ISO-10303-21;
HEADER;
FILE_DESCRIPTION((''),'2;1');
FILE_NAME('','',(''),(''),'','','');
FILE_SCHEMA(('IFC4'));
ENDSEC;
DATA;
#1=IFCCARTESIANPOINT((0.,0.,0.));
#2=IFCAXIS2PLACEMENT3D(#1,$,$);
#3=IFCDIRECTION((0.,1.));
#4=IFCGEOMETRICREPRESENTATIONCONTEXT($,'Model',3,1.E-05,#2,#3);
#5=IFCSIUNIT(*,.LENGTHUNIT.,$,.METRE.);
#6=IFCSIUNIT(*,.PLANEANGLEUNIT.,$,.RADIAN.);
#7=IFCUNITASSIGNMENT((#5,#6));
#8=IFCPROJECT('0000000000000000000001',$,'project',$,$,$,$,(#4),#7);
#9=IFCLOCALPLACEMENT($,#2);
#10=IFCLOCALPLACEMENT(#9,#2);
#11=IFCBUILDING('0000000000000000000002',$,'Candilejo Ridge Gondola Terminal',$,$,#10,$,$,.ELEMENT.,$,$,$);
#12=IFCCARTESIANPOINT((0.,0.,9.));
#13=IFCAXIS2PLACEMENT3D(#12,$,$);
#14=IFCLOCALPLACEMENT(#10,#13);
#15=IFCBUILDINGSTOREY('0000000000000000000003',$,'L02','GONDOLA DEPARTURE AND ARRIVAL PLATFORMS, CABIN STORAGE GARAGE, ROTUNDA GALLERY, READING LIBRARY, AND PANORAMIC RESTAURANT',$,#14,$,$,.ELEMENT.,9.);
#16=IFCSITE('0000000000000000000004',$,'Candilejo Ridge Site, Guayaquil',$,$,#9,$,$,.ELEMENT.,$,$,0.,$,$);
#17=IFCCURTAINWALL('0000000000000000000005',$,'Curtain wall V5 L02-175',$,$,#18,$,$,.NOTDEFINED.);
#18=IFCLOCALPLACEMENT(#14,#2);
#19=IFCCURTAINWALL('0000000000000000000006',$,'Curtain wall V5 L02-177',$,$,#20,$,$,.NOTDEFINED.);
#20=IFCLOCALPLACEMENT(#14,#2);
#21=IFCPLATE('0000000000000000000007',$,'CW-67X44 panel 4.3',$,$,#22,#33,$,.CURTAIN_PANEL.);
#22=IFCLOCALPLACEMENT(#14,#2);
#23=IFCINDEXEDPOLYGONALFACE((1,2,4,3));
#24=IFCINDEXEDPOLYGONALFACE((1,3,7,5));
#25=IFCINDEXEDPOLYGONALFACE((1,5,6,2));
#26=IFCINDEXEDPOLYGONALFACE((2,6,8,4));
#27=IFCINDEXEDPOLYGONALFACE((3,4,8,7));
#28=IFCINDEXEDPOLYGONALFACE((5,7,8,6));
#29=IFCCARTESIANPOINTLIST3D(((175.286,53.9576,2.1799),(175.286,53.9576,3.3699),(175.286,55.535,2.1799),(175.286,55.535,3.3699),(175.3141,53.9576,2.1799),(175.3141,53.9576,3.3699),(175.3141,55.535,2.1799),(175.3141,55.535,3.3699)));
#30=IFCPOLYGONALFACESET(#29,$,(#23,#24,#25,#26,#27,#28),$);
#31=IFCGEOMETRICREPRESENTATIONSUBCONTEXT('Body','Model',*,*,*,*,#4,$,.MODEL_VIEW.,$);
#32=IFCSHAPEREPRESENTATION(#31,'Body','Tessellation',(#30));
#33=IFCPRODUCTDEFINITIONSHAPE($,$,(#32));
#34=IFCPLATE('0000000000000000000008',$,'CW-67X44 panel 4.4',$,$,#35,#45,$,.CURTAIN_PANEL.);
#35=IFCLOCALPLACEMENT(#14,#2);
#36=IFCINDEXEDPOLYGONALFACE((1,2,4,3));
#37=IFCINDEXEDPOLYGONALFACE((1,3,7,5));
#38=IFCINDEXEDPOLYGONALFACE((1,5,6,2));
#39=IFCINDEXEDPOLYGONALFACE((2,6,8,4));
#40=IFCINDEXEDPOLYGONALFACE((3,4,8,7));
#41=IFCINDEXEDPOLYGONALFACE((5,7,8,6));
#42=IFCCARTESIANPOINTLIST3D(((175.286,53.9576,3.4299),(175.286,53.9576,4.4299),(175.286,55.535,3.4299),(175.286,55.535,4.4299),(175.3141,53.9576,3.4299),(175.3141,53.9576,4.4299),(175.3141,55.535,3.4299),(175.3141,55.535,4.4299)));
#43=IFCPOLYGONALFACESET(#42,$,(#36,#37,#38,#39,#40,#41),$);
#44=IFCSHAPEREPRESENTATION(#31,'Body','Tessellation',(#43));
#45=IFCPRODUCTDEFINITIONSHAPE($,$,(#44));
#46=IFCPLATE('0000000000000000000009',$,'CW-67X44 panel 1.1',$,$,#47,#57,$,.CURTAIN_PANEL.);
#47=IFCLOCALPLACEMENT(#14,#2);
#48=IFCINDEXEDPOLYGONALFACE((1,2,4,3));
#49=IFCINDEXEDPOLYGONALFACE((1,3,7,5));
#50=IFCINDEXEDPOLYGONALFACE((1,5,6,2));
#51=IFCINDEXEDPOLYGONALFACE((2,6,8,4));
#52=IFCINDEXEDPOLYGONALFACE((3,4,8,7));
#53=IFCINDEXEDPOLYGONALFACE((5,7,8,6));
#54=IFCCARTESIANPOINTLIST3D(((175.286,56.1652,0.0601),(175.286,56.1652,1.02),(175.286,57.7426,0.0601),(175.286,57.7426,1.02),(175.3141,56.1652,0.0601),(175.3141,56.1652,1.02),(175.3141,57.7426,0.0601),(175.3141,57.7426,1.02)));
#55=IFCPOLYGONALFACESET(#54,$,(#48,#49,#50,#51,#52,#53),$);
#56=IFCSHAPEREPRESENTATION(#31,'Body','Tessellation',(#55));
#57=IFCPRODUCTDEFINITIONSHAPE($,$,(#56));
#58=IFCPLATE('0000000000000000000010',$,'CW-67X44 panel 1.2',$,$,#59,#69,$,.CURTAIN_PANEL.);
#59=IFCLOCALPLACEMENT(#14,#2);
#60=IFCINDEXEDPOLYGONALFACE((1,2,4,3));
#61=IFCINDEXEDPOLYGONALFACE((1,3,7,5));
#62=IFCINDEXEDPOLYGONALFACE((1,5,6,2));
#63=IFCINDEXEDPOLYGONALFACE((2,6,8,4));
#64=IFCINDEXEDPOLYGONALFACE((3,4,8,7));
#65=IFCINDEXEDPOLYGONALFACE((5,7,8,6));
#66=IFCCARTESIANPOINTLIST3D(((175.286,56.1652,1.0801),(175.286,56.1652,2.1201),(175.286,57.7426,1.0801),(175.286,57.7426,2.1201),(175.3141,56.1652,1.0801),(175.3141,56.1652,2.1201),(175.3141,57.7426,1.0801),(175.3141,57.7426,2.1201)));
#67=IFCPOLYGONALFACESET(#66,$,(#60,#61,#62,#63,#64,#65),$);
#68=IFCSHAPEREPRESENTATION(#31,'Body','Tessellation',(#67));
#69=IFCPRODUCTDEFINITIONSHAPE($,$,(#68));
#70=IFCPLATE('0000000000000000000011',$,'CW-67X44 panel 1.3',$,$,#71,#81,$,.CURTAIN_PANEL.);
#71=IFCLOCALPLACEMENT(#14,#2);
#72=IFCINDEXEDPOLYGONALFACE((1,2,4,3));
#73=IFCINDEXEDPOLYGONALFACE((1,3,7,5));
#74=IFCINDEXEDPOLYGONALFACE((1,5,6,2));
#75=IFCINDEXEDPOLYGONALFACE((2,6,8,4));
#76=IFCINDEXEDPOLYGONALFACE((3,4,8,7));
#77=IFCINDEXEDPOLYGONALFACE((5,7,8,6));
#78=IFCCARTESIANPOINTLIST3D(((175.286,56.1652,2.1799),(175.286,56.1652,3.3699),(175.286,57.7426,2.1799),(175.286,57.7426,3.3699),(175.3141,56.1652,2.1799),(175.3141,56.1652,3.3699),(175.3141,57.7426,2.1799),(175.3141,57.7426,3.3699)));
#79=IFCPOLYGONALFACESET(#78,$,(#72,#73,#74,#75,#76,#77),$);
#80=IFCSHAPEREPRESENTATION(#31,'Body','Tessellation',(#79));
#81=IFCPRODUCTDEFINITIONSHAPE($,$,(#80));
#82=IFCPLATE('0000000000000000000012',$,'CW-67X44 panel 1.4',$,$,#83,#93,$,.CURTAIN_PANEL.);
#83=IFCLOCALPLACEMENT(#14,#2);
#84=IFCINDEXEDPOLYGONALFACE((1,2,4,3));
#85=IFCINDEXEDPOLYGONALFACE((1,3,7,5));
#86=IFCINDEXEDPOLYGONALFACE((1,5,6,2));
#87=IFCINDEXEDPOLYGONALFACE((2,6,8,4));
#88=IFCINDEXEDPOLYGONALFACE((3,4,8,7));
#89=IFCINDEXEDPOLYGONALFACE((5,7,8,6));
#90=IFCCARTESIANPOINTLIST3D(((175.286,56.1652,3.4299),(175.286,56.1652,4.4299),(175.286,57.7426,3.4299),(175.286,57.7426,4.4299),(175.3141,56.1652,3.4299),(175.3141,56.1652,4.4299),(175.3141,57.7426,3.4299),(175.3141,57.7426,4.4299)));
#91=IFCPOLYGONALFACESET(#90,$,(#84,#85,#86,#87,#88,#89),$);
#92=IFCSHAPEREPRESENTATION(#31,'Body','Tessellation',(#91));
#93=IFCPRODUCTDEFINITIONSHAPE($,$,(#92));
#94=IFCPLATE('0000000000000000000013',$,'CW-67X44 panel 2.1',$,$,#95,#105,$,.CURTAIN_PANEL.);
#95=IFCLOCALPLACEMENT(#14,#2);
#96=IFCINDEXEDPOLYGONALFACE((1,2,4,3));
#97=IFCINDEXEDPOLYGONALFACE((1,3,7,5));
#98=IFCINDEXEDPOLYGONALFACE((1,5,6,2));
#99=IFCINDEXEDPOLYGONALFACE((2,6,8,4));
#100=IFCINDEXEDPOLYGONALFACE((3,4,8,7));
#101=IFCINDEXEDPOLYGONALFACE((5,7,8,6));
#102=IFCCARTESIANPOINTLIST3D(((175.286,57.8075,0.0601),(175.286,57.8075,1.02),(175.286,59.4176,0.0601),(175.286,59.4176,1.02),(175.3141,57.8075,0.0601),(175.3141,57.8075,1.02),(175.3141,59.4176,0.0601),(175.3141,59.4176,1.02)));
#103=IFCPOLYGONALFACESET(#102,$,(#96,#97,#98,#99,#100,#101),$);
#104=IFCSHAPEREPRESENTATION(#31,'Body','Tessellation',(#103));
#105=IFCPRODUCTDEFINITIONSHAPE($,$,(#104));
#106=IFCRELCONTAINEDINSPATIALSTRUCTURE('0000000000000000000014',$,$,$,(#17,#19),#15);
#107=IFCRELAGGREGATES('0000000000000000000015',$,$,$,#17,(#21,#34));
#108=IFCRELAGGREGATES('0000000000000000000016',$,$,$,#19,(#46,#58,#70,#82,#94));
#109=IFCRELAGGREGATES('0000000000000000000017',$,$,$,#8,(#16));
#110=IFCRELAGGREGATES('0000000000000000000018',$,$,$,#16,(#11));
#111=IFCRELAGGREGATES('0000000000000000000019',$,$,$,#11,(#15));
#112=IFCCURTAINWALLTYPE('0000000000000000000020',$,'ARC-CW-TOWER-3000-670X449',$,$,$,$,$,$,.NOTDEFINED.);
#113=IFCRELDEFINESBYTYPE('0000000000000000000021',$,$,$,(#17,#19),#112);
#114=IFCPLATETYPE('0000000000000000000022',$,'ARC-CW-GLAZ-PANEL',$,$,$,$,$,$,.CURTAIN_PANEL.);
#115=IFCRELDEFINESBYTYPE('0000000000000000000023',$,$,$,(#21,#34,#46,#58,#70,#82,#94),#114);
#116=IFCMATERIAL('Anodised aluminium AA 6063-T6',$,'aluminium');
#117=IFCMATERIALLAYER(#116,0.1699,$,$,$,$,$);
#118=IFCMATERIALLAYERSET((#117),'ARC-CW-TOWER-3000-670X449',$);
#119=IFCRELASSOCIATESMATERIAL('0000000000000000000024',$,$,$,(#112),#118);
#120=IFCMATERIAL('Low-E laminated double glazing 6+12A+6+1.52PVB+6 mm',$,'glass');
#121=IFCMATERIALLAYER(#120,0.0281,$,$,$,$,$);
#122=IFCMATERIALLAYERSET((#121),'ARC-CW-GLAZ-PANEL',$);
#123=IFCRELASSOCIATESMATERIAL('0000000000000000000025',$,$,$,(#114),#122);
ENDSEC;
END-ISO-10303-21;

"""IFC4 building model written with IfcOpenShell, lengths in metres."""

from ifc_helpers import new_model, si_unit, direction, frame, origin, origin_2d, place, context, subcontext, project, spatial, rectangle, extrude, material, layer, layer_set, type_object, element, aggregate, save


model = new_model("IFC4")

# Units and contexts
model_context = context("Model", 3, precision=1e-05, world=origin(), true_north=direction((0.0, 1.0)))
body_context = subcontext(model_context, "Body", "Model", "MODEL_VIEW")
ifc_project = project(units=[si_unit("LENGTHUNIT", "METRE"), si_unit("PLANEANGLEUNIT", "RADIAN")], contexts=[model_context])

# Site, building, storey
site_placement = place(None, origin())
site = spatial("IfcSite", under=ifc_project, at=site_placement, Name="Candilejo Ridge Site, Guayaquil", CompositionType="ELEMENT", RefElevation=0.0)
building_placement = place(site_placement, origin())
building = spatial("IfcBuilding", under=site, at=building_placement, Name="Candilejo Ridge Gondola Terminal", CompositionType="ELEMENT")
storey_placement = place(building_placement, frame((0.0, 0.0, 9.0)))
storey = spatial("IfcBuildingStorey", under=building, at=storey_placement, Name="L02", Description="GONDOLA DEPARTURE AND ARRIVAL PLATFORMS, CABIN STORAGE GARAGE, ROTUNDA GALLERY, READING LIBRARY, AND PANORAMIC RESTAURANT", CompositionType="ELEMENT", Elevation=9.0)

# Curtain walls
ifc_material_1 = material(Name="Anodised aluminium AA 6063-T6", Category="aluminium")
ifc_layer_1 = layer(ifc_material_1, 0.1699)
ifc_layer_set_1 = layer_set([ifc_layer_1], Name="ARC-CW-TOWER-3000-670X449")
curtain_wall_type = type_object("IfcCurtainWallType", Name="ARC-CW-TOWER-3000-670X449", PredefinedType="NOTDEFINED", material=ifc_layer_set_1)
curtain_wall_1_placement = place(storey_placement, origin())
curtain_wall_1 = element("IfcCurtainWall", 1, at=curtain_wall_1_placement, inside=storey, type_object=curtain_wall_type, Name="Curtain wall V5 L02-175", PredefinedType="NOTDEFINED")
curtain_wall_2_placement = place(storey_placement, origin())
curtain_wall_2 = element("IfcCurtainWall", 2, at=curtain_wall_2_placement, inside=storey, type_object=curtain_wall_type, Name="Curtain wall V5 L02-177", PredefinedType="NOTDEFINED")

# Plates
ifc_material_2 = material(Name="Low-E laminated double glazing 6+12A+6+1.52PVB+6 mm", Category="glass")
ifc_layer_2 = layer(ifc_material_2, 0.0281)
ifc_layer_set_2 = layer_set([ifc_layer_2], Name="ARC-CW-GLAZ-PANEL")
plate_type = type_object("IfcPlateType", Name="ARC-CW-GLAZ-PANEL", PredefinedType="CURTAIN_PANEL", material=ifc_layer_set_2)
plate_1_placement = place(storey_placement, frame((175.3, 54.7463, 2.1799), z_axis=(0.0, 0.0, 1.0), x_axis=(0.0, 1.0, 0.0)))
plate_1 = element("IfcPlate", 3, at=plate_1_placement, type_object=plate_type, Name="CW-67X44 panel 4.3", PredefinedType="CURTAIN_PANEL", context=body_context, shape_type="SweptSolid", body=[
    extrude(rectangle(XDim=1.5774, YDim=0.0281, at=origin_2d()), origin(), (0.0, 0.0, 1.0), 1.1899),
])
plate_2_placement = place(storey_placement, frame((175.3, 54.7463, 3.4299), z_axis=(0.0, 0.0, 1.0), x_axis=(0.0, 1.0, 0.0)))
plate_2 = element("IfcPlate", 4, at=plate_2_placement, type_object=plate_type, Name="CW-67X44 panel 4.4", PredefinedType="CURTAIN_PANEL", context=body_context, shape_type="SweptSolid", body=[
    extrude(rectangle(XDim=1.5774, YDim=0.0281, at=origin_2d()), origin(), (0.0, 0.0, 1.0), 1.0),
])
aggregate(curtain_wall_1, [plate_1, plate_2])
plate_3_placement = place(storey_placement, frame((175.3, 56.9539, 0.0601), z_axis=(0.0, 0.0, 1.0), x_axis=(0.0, 1.0, 0.0)))
plate_3 = element("IfcPlate", 5, at=plate_3_placement, type_object=plate_type, Name="CW-67X44 panel 1.1", PredefinedType="CURTAIN_PANEL", context=body_context, shape_type="SweptSolid", body=[
    extrude(rectangle(XDim=1.5774, YDim=0.0281, at=origin_2d()), origin(), (0.0, 0.0, 1.0), 0.96),
])
plate_4_placement = place(storey_placement, frame((175.3, 56.9539, 1.0801), z_axis=(0.0, 0.0, 1.0), x_axis=(0.0, 1.0, 0.0)))
plate_4 = element("IfcPlate", 6, at=plate_4_placement, type_object=plate_type, Name="CW-67X44 panel 1.2", PredefinedType="CURTAIN_PANEL", context=body_context, shape_type="SweptSolid", body=[
    extrude(rectangle(XDim=1.5774, YDim=0.0281, at=origin_2d()), origin(), (0.0, 0.0, 1.0), 1.04),
])
plate_5_placement = place(storey_placement, frame((175.3, 56.9539, 2.1799), z_axis=(0.0, 0.0, 1.0), x_axis=(0.0, 1.0, 0.0)))
plate_5 = element("IfcPlate", 7, at=plate_5_placement, type_object=plate_type, Name="CW-67X44 panel 1.3", PredefinedType="CURTAIN_PANEL", context=body_context, shape_type="SweptSolid", body=[
    extrude(rectangle(XDim=1.5774, YDim=0.0281, at=origin_2d()), origin(), (0.0, 0.0, 1.0), 1.1899),
])
plate_6_placement = place(storey_placement, frame((175.3, 56.9539, 3.4299), z_axis=(0.0, 0.0, 1.0), x_axis=(0.0, 1.0, 0.0)))
plate_6 = element("IfcPlate", 8, at=plate_6_placement, type_object=plate_type, Name="CW-67X44 panel 1.4", PredefinedType="CURTAIN_PANEL", context=body_context, shape_type="SweptSolid", body=[
    extrude(rectangle(XDim=1.5774, YDim=0.0281, at=origin_2d()), origin(), (0.0, 0.0, 1.0), 1.0),
])
plate_7_placement = place(storey_placement, frame((175.3, 58.6125, 0.0601), z_axis=(0.0, 0.0, 1.0), x_axis=(0.0, 1.0, 0.0)))
plate_7 = element("IfcPlate", 9, at=plate_7_placement, type_object=plate_type, Name="CW-67X44 panel 2.1", PredefinedType="CURTAIN_PANEL", context=body_context, shape_type="SweptSolid", body=[
    extrude(rectangle(XDim=1.6101, YDim=0.0281, at=origin_2d()), origin(), (0.0, 0.0, 1.0), 0.96),
])
aggregate(curtain_wall_2, [plate_3, plate_4, plate_5, plate_6, plate_7])

save(model, "model.ifc")
